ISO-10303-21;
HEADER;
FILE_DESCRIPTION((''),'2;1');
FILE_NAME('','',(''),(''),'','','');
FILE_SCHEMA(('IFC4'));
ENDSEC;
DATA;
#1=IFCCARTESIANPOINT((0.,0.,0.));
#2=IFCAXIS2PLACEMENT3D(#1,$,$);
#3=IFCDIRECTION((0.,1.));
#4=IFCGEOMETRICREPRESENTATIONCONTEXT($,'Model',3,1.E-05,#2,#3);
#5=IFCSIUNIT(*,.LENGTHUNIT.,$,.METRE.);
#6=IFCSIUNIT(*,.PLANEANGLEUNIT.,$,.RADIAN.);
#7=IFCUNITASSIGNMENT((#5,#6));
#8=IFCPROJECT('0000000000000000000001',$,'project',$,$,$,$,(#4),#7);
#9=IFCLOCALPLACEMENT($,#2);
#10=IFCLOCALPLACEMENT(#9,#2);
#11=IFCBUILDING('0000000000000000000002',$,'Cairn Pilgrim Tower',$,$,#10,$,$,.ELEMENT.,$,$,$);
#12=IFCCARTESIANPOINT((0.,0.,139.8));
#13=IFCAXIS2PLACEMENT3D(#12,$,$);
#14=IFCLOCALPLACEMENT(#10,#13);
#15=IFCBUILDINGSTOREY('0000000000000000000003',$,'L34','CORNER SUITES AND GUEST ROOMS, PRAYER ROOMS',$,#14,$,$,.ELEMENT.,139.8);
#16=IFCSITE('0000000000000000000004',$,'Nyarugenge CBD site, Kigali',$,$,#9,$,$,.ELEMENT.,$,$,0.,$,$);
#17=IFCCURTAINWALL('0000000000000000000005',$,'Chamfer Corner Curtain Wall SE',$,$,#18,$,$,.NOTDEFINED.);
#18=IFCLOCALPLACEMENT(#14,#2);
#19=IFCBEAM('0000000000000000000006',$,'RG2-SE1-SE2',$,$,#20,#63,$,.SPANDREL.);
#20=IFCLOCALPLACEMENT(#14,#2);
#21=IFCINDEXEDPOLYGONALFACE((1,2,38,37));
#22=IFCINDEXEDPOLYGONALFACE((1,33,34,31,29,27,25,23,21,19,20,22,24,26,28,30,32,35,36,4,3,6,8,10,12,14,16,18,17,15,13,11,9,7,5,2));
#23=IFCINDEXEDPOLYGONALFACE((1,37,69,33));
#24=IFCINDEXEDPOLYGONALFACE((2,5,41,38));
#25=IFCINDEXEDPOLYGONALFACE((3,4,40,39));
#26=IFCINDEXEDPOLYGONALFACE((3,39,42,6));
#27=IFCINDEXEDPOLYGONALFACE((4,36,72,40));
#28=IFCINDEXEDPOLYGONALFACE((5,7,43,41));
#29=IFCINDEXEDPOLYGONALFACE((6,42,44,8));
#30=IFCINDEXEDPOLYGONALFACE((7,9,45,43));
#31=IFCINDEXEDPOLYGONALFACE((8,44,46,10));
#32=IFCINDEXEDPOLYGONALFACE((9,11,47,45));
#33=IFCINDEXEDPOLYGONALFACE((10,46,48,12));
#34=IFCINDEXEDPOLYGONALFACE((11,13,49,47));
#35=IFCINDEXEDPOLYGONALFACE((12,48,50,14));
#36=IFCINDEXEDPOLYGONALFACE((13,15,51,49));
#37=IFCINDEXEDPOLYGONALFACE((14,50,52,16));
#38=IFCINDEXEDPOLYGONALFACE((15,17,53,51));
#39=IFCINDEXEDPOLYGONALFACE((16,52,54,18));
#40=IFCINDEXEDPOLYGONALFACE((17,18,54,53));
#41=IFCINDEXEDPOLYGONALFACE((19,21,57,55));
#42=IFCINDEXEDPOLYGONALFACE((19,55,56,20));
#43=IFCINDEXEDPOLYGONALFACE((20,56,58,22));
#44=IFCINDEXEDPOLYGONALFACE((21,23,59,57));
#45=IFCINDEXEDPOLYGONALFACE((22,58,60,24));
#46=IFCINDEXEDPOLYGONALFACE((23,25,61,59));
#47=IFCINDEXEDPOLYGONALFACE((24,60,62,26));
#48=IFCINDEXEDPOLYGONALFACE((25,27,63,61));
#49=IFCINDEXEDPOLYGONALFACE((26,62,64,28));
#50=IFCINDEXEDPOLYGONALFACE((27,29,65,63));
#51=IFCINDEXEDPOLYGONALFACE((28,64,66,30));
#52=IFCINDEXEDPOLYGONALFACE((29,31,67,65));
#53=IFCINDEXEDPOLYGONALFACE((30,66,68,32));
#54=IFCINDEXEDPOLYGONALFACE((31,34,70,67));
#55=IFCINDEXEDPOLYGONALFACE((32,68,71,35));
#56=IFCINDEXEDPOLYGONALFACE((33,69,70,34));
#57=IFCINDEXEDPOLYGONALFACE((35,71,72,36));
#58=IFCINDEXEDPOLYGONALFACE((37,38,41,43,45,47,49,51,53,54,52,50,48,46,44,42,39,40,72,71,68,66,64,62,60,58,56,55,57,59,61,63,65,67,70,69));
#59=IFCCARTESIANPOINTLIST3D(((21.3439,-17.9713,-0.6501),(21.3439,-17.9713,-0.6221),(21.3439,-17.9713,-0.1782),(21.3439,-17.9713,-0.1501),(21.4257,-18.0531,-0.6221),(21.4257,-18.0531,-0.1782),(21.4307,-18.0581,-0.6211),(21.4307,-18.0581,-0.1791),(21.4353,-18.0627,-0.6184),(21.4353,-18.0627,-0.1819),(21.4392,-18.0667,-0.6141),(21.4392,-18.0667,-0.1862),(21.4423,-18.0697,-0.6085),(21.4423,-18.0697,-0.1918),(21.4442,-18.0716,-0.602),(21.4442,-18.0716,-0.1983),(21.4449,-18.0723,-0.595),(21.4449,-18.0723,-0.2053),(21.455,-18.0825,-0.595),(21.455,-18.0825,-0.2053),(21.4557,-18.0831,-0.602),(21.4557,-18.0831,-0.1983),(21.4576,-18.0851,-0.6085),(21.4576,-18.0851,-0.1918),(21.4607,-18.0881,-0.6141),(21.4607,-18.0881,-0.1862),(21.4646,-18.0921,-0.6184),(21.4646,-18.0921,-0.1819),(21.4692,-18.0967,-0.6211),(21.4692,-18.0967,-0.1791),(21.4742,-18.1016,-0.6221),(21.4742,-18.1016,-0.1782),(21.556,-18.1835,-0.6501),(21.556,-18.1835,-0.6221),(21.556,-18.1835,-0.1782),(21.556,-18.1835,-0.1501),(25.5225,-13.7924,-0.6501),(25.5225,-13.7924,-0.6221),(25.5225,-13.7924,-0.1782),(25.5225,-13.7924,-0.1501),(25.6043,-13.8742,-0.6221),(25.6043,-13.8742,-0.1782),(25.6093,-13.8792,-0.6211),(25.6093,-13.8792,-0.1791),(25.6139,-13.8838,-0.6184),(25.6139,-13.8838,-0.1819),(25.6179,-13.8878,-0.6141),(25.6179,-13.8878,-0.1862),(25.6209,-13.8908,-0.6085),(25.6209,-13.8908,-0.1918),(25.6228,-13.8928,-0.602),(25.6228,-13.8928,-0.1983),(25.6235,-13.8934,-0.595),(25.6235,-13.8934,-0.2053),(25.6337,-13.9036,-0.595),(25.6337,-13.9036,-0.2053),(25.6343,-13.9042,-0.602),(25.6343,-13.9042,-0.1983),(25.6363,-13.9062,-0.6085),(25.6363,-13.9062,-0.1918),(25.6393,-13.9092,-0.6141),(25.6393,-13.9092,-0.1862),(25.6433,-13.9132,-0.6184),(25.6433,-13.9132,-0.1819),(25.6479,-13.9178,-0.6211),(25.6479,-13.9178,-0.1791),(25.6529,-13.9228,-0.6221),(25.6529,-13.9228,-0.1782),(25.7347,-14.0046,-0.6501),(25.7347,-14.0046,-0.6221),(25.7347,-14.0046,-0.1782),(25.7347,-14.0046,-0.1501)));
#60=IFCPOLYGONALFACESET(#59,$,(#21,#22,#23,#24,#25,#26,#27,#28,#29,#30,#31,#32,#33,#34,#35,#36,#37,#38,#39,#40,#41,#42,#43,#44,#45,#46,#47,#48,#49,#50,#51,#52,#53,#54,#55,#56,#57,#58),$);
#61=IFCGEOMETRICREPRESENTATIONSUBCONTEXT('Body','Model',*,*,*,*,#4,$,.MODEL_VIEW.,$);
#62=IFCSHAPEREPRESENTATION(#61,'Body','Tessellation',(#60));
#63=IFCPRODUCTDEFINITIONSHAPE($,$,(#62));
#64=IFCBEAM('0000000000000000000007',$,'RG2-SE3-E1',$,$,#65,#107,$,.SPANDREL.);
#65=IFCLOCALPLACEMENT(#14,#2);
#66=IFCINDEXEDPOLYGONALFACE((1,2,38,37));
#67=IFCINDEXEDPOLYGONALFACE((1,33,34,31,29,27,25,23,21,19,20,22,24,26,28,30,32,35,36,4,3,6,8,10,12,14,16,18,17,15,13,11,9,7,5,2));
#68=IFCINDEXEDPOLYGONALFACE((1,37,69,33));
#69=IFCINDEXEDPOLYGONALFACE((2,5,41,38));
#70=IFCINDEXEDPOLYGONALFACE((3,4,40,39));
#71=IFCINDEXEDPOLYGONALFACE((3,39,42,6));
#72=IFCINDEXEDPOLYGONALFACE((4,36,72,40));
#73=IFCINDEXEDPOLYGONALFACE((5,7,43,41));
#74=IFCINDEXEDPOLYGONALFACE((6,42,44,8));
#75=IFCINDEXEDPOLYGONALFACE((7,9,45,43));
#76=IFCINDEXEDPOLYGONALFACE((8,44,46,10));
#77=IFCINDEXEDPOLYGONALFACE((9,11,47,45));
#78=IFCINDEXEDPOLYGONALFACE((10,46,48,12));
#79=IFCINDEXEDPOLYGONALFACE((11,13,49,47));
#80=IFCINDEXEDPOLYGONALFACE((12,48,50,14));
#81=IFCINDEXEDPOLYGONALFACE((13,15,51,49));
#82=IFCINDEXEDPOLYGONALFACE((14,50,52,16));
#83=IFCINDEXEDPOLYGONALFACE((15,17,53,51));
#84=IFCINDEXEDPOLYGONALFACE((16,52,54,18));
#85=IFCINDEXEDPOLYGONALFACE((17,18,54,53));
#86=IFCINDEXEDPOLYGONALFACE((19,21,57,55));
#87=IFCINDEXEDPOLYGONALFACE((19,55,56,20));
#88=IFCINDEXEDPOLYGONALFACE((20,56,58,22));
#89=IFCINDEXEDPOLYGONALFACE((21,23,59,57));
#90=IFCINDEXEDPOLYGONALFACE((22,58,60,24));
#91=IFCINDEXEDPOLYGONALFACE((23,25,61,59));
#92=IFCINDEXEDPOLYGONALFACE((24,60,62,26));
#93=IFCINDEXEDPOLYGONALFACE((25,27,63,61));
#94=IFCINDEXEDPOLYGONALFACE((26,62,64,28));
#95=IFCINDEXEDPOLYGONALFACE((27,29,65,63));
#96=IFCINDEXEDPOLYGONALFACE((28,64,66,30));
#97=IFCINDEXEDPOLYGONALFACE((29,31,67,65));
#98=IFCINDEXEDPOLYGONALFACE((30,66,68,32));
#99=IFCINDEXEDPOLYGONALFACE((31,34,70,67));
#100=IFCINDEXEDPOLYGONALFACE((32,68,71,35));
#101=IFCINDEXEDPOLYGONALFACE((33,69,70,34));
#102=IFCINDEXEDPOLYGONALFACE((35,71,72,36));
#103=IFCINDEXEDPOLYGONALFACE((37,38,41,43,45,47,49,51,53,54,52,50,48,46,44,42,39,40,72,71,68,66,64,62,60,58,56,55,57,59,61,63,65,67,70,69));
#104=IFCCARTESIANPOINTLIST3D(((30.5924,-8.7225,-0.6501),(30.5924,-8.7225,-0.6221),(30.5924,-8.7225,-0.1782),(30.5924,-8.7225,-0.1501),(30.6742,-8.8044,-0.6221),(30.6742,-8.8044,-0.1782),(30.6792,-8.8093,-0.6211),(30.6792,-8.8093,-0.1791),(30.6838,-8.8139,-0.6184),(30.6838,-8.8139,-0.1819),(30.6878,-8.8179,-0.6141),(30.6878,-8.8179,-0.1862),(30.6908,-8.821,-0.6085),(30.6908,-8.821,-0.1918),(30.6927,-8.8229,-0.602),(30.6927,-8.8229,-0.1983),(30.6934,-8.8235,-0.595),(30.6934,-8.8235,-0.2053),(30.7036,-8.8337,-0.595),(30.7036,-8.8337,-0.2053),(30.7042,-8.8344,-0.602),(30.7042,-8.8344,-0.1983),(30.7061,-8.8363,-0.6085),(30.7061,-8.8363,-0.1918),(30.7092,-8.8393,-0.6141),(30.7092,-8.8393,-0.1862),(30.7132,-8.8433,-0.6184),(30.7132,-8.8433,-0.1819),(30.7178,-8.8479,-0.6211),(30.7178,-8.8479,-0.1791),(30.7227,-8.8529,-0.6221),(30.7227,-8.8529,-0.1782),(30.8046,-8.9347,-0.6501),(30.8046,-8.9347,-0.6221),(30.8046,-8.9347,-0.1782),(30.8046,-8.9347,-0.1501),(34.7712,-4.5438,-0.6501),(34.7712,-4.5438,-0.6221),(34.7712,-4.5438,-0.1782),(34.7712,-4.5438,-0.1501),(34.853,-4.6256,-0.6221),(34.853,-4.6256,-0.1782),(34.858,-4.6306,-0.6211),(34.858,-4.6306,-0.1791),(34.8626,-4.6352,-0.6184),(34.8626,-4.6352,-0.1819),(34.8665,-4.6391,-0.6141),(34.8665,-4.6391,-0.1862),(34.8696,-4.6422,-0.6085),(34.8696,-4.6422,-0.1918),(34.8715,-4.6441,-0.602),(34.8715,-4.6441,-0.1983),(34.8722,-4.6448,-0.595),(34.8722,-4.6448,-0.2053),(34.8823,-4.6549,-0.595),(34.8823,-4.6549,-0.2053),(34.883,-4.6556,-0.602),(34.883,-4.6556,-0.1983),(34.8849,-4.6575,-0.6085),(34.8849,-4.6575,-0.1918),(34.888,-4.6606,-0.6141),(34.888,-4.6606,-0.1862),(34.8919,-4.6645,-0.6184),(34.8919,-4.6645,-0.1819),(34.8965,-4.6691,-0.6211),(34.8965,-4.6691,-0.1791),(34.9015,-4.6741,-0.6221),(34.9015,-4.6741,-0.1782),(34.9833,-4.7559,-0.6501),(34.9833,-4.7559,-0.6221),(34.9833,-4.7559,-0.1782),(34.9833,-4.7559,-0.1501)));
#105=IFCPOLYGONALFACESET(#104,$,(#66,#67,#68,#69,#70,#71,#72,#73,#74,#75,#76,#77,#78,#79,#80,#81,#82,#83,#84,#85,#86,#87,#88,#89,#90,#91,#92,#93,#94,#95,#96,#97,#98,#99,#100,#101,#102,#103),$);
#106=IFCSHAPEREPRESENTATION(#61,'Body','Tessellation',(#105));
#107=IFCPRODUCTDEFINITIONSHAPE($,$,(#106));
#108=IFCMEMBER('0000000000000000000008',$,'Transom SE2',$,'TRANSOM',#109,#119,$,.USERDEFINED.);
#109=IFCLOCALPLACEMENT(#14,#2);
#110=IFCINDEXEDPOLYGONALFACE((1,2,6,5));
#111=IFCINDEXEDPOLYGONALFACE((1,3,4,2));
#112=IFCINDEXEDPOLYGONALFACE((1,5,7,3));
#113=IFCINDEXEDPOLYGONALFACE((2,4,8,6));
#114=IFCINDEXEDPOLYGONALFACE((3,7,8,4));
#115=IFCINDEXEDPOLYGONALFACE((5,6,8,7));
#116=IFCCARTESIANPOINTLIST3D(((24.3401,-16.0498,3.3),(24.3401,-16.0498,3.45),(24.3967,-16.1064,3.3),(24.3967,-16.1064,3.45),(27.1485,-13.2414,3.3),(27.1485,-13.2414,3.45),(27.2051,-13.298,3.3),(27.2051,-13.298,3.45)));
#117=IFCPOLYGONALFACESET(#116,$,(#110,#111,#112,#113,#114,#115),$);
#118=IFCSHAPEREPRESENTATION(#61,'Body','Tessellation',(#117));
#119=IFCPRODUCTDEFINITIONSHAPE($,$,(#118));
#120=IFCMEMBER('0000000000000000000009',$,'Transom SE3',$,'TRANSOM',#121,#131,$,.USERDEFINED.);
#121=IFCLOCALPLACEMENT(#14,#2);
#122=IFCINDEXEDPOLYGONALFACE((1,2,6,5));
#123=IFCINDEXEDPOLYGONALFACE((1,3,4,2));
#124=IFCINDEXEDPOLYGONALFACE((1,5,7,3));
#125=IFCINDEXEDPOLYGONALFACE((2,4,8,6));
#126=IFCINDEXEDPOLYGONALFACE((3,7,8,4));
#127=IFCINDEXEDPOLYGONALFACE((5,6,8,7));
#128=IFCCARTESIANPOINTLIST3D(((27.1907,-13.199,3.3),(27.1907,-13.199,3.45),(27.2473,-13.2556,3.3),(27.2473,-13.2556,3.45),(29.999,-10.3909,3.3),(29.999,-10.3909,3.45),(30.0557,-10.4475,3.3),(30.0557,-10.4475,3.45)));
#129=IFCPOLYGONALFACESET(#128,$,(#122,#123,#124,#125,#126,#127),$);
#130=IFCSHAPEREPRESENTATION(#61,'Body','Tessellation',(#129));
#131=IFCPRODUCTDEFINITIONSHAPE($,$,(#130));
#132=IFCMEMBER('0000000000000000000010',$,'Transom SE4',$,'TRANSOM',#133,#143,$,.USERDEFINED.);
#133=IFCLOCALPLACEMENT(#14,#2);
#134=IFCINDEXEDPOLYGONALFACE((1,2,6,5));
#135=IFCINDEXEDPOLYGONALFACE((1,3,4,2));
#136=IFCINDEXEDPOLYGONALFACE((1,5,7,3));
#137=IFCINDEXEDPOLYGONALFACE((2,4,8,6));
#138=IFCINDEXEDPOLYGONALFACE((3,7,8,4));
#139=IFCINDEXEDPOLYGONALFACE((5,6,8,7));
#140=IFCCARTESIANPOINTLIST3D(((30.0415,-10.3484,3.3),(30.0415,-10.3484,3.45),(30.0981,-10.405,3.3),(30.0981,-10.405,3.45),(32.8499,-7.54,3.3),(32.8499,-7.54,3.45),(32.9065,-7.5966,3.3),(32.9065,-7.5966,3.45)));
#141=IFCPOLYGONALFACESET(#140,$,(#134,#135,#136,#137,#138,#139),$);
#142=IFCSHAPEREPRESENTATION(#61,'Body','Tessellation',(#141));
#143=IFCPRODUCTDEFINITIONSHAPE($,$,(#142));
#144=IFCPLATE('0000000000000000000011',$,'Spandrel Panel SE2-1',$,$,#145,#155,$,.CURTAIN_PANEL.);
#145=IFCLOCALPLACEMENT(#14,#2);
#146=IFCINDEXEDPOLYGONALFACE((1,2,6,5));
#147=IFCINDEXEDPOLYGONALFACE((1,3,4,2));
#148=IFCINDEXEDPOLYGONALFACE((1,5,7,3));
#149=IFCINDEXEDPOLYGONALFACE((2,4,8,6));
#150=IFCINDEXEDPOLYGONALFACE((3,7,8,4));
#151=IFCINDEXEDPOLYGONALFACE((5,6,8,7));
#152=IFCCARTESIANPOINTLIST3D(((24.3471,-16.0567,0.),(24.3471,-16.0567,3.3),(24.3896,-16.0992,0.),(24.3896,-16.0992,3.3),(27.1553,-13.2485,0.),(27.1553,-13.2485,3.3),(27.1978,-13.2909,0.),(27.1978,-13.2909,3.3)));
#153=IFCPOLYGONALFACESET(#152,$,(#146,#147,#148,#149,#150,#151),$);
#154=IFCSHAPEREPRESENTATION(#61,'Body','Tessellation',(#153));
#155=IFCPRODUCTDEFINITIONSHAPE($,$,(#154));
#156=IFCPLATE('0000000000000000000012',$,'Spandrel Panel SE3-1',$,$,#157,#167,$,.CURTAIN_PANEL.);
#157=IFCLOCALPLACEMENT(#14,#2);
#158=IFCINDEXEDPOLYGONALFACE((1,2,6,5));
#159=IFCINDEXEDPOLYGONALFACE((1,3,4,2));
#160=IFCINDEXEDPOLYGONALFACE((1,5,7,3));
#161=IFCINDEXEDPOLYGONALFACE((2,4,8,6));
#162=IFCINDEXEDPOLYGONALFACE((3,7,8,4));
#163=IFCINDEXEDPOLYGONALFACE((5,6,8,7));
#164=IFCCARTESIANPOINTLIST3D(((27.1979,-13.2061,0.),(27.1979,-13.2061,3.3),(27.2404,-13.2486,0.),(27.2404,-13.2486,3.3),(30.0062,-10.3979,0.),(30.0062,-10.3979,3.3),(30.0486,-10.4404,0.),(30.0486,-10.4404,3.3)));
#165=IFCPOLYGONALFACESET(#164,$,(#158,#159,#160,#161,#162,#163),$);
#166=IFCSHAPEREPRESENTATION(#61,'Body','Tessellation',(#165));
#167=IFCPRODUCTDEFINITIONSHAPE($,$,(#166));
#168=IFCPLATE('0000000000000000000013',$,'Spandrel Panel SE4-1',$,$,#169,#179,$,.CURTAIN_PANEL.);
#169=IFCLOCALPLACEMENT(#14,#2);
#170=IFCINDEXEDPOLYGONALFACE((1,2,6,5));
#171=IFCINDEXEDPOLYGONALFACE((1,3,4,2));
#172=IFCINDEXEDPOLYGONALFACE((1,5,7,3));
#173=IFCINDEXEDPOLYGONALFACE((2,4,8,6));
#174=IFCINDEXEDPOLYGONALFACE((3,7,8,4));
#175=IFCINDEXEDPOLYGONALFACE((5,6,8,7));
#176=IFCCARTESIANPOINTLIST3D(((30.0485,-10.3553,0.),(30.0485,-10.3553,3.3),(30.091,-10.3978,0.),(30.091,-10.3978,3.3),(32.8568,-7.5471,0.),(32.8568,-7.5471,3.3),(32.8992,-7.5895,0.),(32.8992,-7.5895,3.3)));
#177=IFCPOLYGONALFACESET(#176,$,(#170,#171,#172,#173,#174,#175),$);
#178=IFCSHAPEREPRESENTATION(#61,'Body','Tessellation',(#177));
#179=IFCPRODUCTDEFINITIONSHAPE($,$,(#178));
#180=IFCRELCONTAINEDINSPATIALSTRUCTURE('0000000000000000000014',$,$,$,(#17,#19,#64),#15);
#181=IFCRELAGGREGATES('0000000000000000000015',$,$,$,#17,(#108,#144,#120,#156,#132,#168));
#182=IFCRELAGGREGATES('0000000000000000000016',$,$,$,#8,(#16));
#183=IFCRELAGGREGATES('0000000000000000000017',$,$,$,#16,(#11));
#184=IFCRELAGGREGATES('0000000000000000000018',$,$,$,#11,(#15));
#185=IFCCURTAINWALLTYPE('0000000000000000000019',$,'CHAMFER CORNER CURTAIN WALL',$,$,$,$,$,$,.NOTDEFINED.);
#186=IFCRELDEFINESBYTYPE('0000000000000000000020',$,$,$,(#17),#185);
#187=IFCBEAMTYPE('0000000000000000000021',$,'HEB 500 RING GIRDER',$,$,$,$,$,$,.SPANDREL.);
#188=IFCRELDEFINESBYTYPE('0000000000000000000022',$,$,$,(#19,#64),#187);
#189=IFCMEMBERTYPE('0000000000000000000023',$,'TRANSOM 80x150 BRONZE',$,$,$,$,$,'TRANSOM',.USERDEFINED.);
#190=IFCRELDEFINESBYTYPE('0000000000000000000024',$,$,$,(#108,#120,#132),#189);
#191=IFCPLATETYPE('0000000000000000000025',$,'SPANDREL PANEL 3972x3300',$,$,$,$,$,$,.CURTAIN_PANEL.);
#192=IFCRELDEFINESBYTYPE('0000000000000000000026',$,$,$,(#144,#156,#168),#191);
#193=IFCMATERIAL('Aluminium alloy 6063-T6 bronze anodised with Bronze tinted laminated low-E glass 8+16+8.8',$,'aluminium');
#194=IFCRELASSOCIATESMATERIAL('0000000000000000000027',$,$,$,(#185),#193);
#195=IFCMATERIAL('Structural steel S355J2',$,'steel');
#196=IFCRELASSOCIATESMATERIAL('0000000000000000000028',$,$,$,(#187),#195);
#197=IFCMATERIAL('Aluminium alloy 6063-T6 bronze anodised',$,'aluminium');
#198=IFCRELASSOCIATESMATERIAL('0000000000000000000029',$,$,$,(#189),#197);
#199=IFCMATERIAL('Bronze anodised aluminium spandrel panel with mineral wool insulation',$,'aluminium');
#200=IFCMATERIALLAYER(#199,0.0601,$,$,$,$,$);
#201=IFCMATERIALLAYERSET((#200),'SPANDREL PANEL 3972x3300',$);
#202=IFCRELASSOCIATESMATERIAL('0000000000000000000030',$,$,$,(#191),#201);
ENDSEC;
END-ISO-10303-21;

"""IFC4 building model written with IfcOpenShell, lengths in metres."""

from ifc_helpers import new_model, si_unit, direction, frame, origin, origin_2d, place, context, subcontext, project, spatial, rectangle, i_section, extrude, material, layer, layer_set, material_profile, profile_set, type_object, element, aggregate, save


model = new_model("IFC4")

# Units and contexts
model_context = context("Model", 3, precision=1e-05, world=origin(), true_north=direction((0.0, 1.0)))
body_context = subcontext(model_context, "Body", "Model", "MODEL_VIEW")
ifc_project = project(units=[si_unit("LENGTHUNIT", "METRE"), si_unit("PLANEANGLEUNIT", "RADIAN")], contexts=[model_context])

# Site, building, storey
site_placement = place(None, origin())
site = spatial("IfcSite", under=ifc_project, at=site_placement, Name="Nyarugenge CBD site, Kigali", CompositionType="ELEMENT", RefElevation=0.0)
building_placement = place(site_placement, origin())
building = spatial("IfcBuilding", under=site, at=building_placement, Name="Cairn Pilgrim Tower", CompositionType="ELEMENT")
storey_placement = place(building_placement, frame((0.0, 0.0, 139.8)))
storey = spatial("IfcBuildingStorey", under=building, at=storey_placement, Name="L34", Description="CORNER SUITES AND GUEST ROOMS, PRAYER ROOMS", CompositionType="ELEMENT", Elevation=139.8)

# Shared definitions
ifc_material_1 = material(Name="Structural steel S355J2", Category="steel")

# Curtain wall
ifc_material_2 = material(Name="Aluminium alloy 6063-T6 bronze anodised with Bronze tinted laminated low-E glass 8+16+8.8", Category="aluminium")
curtain_wall_type = type_object("IfcCurtainWallType", Name="CHAMFER CORNER CURTAIN WALL", PredefinedType="NOTDEFINED", material=ifc_material_2)
curtain_wall_placement = place(storey_placement, origin())
curtain_wall = element("IfcCurtainWall", 1, at=curtain_wall_placement, inside=storey, type_object=curtain_wall_type, Name="Chamfer Corner Curtain Wall SE", PredefinedType="NOTDEFINED")
ifc_material_3 = material(Name="Aluminium alloy 6063-T6 bronze anodised", Category="aluminium")

# Beams
ifc_material_profile_1 = material_profile(ifc_material_1, i_section(OverallWidth=0.3, OverallDepth=0.5, WebThickness=0.0144, FlangeThickness=0.0281, FilletRadius=0.0271, at=origin_2d()), Name="HEB 500")
ifc_profile_set_1 = profile_set([ifc_material_profile_1], Name="Structural steel S355J2")
beam_type_1 = type_object("IfcBeamType", Name="HEB 500 RING GIRDER", PredefinedType="SPANDREL", material=ifc_profile_set_1)
for number, where, z_axis, x_axis, name in (
    (2, (21.45, -18.0774, -0.4001), (0.707086, 0.707127, 0.0), (-0.707127, 0.707086, 0.0), "RG2-SE1-SE2"),
    (3, (30.6985, -8.8286, -0.4001), (0.707107, 0.707107, 0.0), (-0.707107, 0.707107, 0.0), "RG2-SE3-E1"),
):
    element("IfcBeam", number, at=place(storey_placement, frame(where, z_axis=z_axis, x_axis=x_axis)), inside=storey, type_object=beam_type_1, Name=name, PredefinedType="SPANDREL", context=body_context, shape_type="SweptSolid", body=[
        extrude(i_section(OverallWidth=0.3, OverallDepth=0.5, WebThickness=0.0144, FlangeThickness=0.0281, FilletRadius=0.0271, at=origin_2d()), origin(), (0.0, 0.0, 1.0), 5.9097),
    ])

# Members
ifc_material_profile_2 = material_profile(ifc_material_3, rectangle(XDim=0.0801, YDim=0.1499, at=origin_2d()), Name="TRANSOM 80x150 BRONZE")
ifc_profile_set_2 = profile_set([ifc_material_profile_2], Name="Aluminium alloy 6063-T6 bronze anodised")
member_type_1 = type_object("IfcMemberType", Name="TRANSOM 80x150 BRONZE", ElementType="TRANSOM", PredefinedType="USERDEFINED", material=ifc_profile_set_2)
member_1_placement = place(storey_placement, frame((24.3684, -16.0781, 3.375), z_axis=(0.707107, 0.707107, 0.0), x_axis=(-0.707107, 0.707107, 0.0)))
member_1 = element("IfcMember", 4, at=member_1_placement, type_object=member_type_1, Name="Transom SE2", ObjectType="TRANSOM", PredefinedType="USERDEFINED", context=body_context, shape_type="SweptSolid", body=[
    extrude(rectangle(XDim=0.0801, YDim=0.1499, at=origin_2d()), origin(), (0.0, 0.0, 1.0), 3.9717),
])
member_2_placement = place(storey_placement, frame((27.219, -13.2273, 3.375), z_axis=(0.707138, 0.707076, 0.0), x_axis=(-0.707076, 0.707138, 0.0)))
member_2 = element("IfcMember", 5, at=member_2_placement, type_object=member_type_1, Name="Transom SE3", ObjectType="TRANSOM", PredefinedType="USERDEFINED", context=body_context, shape_type="SweptSolid", body=[
    extrude(rectangle(XDim=0.0801, YDim=0.1499, at=origin_2d()), origin(), (0.0, 0.0, 1.0), 3.9714),
])
member_3_placement = place(storey_placement, frame((30.0698, -10.3767, 3.375), z_axis=(0.707107, 0.707107, 0.0), x_axis=(-0.707107, 0.707107, 0.0)))
member_3 = element("IfcMember", 6, at=member_3_placement, type_object=member_type_1, Name="Transom SE4", ObjectType="TRANSOM", PredefinedType="USERDEFINED", context=body_context, shape_type="SweptSolid", body=[
    extrude(rectangle(XDim=0.0801, YDim=0.1499, at=origin_2d()), origin(), (0.0, 0.0, 1.0), 3.9717),
])

# Plates
ifc_material_4 = material(Name="Bronze anodised aluminium spandrel panel with mineral wool insulation", Category="aluminium")
ifc_layer_1 = layer(ifc_material_4, 0.0601)
ifc_layer_set_1 = layer_set([ifc_layer_1], Name="SPANDREL PANEL 3972x3300")
plate_type = type_object("IfcPlateType", Name="SPANDREL PANEL 3972x3300", PredefinedType="CURTAIN_PANEL", material=ifc_layer_set_1)
plate_1_placement = place(storey_placement, frame((25.7725, -14.6738, 0.0), z_axis=(0.0, 0.0, 1.0), x_axis=(0.707107, 0.707107, 0.0)))
plate_1 = element("IfcPlate", 7, at=plate_1_placement, type_object=plate_type, Name="Spandrel Panel SE2-1", PredefinedType="CURTAIN_PANEL", context=body_context, shape_type="SweptSolid", body=[
    extrude(rectangle(XDim=3.9714, YDim=0.0601, at=origin_2d()), origin(), (0.0, 0.0, 1.0), 3.3),
])
plate_2_placement = place(storey_placement, frame((28.6233, -11.8232, 0.0), z_axis=(0.0, 0.0, 1.0), x_axis=(0.707107, 0.707107, 0.0)))
plate_2 = element("IfcPlate", 8, at=plate_2_placement, type_object=plate_type, Name="Spandrel Panel SE3-1", PredefinedType="CURTAIN_PANEL", context=body_context, shape_type="SweptSolid", body=[
    extrude(rectangle(XDim=3.9714, YDim=0.0601, at=origin_2d()), origin(), (0.0, 0.0, 1.0), 3.3),
])
plate_3_placement = place(storey_placement, frame((31.4739, -8.9724, 0.0), z_axis=(0.0, 0.0, 1.0), x_axis=(0.707107, 0.707107, 0.0)))
plate_3 = element("IfcPlate", 9, at=plate_3_placement, type_object=plate_type, Name="Spandrel Panel SE4-1", PredefinedType="CURTAIN_PANEL", context=body_context, shape_type="SweptSolid", body=[
    extrude(rectangle(XDim=3.9714, YDim=0.0601, at=origin_2d()), origin(), (0.0, 0.0, 1.0), 3.3),
])
aggregate(curtain_wall, [member_1, plate_1, member_2, plate_2, member_3, plate_3])

save(model, "model.ifc")
